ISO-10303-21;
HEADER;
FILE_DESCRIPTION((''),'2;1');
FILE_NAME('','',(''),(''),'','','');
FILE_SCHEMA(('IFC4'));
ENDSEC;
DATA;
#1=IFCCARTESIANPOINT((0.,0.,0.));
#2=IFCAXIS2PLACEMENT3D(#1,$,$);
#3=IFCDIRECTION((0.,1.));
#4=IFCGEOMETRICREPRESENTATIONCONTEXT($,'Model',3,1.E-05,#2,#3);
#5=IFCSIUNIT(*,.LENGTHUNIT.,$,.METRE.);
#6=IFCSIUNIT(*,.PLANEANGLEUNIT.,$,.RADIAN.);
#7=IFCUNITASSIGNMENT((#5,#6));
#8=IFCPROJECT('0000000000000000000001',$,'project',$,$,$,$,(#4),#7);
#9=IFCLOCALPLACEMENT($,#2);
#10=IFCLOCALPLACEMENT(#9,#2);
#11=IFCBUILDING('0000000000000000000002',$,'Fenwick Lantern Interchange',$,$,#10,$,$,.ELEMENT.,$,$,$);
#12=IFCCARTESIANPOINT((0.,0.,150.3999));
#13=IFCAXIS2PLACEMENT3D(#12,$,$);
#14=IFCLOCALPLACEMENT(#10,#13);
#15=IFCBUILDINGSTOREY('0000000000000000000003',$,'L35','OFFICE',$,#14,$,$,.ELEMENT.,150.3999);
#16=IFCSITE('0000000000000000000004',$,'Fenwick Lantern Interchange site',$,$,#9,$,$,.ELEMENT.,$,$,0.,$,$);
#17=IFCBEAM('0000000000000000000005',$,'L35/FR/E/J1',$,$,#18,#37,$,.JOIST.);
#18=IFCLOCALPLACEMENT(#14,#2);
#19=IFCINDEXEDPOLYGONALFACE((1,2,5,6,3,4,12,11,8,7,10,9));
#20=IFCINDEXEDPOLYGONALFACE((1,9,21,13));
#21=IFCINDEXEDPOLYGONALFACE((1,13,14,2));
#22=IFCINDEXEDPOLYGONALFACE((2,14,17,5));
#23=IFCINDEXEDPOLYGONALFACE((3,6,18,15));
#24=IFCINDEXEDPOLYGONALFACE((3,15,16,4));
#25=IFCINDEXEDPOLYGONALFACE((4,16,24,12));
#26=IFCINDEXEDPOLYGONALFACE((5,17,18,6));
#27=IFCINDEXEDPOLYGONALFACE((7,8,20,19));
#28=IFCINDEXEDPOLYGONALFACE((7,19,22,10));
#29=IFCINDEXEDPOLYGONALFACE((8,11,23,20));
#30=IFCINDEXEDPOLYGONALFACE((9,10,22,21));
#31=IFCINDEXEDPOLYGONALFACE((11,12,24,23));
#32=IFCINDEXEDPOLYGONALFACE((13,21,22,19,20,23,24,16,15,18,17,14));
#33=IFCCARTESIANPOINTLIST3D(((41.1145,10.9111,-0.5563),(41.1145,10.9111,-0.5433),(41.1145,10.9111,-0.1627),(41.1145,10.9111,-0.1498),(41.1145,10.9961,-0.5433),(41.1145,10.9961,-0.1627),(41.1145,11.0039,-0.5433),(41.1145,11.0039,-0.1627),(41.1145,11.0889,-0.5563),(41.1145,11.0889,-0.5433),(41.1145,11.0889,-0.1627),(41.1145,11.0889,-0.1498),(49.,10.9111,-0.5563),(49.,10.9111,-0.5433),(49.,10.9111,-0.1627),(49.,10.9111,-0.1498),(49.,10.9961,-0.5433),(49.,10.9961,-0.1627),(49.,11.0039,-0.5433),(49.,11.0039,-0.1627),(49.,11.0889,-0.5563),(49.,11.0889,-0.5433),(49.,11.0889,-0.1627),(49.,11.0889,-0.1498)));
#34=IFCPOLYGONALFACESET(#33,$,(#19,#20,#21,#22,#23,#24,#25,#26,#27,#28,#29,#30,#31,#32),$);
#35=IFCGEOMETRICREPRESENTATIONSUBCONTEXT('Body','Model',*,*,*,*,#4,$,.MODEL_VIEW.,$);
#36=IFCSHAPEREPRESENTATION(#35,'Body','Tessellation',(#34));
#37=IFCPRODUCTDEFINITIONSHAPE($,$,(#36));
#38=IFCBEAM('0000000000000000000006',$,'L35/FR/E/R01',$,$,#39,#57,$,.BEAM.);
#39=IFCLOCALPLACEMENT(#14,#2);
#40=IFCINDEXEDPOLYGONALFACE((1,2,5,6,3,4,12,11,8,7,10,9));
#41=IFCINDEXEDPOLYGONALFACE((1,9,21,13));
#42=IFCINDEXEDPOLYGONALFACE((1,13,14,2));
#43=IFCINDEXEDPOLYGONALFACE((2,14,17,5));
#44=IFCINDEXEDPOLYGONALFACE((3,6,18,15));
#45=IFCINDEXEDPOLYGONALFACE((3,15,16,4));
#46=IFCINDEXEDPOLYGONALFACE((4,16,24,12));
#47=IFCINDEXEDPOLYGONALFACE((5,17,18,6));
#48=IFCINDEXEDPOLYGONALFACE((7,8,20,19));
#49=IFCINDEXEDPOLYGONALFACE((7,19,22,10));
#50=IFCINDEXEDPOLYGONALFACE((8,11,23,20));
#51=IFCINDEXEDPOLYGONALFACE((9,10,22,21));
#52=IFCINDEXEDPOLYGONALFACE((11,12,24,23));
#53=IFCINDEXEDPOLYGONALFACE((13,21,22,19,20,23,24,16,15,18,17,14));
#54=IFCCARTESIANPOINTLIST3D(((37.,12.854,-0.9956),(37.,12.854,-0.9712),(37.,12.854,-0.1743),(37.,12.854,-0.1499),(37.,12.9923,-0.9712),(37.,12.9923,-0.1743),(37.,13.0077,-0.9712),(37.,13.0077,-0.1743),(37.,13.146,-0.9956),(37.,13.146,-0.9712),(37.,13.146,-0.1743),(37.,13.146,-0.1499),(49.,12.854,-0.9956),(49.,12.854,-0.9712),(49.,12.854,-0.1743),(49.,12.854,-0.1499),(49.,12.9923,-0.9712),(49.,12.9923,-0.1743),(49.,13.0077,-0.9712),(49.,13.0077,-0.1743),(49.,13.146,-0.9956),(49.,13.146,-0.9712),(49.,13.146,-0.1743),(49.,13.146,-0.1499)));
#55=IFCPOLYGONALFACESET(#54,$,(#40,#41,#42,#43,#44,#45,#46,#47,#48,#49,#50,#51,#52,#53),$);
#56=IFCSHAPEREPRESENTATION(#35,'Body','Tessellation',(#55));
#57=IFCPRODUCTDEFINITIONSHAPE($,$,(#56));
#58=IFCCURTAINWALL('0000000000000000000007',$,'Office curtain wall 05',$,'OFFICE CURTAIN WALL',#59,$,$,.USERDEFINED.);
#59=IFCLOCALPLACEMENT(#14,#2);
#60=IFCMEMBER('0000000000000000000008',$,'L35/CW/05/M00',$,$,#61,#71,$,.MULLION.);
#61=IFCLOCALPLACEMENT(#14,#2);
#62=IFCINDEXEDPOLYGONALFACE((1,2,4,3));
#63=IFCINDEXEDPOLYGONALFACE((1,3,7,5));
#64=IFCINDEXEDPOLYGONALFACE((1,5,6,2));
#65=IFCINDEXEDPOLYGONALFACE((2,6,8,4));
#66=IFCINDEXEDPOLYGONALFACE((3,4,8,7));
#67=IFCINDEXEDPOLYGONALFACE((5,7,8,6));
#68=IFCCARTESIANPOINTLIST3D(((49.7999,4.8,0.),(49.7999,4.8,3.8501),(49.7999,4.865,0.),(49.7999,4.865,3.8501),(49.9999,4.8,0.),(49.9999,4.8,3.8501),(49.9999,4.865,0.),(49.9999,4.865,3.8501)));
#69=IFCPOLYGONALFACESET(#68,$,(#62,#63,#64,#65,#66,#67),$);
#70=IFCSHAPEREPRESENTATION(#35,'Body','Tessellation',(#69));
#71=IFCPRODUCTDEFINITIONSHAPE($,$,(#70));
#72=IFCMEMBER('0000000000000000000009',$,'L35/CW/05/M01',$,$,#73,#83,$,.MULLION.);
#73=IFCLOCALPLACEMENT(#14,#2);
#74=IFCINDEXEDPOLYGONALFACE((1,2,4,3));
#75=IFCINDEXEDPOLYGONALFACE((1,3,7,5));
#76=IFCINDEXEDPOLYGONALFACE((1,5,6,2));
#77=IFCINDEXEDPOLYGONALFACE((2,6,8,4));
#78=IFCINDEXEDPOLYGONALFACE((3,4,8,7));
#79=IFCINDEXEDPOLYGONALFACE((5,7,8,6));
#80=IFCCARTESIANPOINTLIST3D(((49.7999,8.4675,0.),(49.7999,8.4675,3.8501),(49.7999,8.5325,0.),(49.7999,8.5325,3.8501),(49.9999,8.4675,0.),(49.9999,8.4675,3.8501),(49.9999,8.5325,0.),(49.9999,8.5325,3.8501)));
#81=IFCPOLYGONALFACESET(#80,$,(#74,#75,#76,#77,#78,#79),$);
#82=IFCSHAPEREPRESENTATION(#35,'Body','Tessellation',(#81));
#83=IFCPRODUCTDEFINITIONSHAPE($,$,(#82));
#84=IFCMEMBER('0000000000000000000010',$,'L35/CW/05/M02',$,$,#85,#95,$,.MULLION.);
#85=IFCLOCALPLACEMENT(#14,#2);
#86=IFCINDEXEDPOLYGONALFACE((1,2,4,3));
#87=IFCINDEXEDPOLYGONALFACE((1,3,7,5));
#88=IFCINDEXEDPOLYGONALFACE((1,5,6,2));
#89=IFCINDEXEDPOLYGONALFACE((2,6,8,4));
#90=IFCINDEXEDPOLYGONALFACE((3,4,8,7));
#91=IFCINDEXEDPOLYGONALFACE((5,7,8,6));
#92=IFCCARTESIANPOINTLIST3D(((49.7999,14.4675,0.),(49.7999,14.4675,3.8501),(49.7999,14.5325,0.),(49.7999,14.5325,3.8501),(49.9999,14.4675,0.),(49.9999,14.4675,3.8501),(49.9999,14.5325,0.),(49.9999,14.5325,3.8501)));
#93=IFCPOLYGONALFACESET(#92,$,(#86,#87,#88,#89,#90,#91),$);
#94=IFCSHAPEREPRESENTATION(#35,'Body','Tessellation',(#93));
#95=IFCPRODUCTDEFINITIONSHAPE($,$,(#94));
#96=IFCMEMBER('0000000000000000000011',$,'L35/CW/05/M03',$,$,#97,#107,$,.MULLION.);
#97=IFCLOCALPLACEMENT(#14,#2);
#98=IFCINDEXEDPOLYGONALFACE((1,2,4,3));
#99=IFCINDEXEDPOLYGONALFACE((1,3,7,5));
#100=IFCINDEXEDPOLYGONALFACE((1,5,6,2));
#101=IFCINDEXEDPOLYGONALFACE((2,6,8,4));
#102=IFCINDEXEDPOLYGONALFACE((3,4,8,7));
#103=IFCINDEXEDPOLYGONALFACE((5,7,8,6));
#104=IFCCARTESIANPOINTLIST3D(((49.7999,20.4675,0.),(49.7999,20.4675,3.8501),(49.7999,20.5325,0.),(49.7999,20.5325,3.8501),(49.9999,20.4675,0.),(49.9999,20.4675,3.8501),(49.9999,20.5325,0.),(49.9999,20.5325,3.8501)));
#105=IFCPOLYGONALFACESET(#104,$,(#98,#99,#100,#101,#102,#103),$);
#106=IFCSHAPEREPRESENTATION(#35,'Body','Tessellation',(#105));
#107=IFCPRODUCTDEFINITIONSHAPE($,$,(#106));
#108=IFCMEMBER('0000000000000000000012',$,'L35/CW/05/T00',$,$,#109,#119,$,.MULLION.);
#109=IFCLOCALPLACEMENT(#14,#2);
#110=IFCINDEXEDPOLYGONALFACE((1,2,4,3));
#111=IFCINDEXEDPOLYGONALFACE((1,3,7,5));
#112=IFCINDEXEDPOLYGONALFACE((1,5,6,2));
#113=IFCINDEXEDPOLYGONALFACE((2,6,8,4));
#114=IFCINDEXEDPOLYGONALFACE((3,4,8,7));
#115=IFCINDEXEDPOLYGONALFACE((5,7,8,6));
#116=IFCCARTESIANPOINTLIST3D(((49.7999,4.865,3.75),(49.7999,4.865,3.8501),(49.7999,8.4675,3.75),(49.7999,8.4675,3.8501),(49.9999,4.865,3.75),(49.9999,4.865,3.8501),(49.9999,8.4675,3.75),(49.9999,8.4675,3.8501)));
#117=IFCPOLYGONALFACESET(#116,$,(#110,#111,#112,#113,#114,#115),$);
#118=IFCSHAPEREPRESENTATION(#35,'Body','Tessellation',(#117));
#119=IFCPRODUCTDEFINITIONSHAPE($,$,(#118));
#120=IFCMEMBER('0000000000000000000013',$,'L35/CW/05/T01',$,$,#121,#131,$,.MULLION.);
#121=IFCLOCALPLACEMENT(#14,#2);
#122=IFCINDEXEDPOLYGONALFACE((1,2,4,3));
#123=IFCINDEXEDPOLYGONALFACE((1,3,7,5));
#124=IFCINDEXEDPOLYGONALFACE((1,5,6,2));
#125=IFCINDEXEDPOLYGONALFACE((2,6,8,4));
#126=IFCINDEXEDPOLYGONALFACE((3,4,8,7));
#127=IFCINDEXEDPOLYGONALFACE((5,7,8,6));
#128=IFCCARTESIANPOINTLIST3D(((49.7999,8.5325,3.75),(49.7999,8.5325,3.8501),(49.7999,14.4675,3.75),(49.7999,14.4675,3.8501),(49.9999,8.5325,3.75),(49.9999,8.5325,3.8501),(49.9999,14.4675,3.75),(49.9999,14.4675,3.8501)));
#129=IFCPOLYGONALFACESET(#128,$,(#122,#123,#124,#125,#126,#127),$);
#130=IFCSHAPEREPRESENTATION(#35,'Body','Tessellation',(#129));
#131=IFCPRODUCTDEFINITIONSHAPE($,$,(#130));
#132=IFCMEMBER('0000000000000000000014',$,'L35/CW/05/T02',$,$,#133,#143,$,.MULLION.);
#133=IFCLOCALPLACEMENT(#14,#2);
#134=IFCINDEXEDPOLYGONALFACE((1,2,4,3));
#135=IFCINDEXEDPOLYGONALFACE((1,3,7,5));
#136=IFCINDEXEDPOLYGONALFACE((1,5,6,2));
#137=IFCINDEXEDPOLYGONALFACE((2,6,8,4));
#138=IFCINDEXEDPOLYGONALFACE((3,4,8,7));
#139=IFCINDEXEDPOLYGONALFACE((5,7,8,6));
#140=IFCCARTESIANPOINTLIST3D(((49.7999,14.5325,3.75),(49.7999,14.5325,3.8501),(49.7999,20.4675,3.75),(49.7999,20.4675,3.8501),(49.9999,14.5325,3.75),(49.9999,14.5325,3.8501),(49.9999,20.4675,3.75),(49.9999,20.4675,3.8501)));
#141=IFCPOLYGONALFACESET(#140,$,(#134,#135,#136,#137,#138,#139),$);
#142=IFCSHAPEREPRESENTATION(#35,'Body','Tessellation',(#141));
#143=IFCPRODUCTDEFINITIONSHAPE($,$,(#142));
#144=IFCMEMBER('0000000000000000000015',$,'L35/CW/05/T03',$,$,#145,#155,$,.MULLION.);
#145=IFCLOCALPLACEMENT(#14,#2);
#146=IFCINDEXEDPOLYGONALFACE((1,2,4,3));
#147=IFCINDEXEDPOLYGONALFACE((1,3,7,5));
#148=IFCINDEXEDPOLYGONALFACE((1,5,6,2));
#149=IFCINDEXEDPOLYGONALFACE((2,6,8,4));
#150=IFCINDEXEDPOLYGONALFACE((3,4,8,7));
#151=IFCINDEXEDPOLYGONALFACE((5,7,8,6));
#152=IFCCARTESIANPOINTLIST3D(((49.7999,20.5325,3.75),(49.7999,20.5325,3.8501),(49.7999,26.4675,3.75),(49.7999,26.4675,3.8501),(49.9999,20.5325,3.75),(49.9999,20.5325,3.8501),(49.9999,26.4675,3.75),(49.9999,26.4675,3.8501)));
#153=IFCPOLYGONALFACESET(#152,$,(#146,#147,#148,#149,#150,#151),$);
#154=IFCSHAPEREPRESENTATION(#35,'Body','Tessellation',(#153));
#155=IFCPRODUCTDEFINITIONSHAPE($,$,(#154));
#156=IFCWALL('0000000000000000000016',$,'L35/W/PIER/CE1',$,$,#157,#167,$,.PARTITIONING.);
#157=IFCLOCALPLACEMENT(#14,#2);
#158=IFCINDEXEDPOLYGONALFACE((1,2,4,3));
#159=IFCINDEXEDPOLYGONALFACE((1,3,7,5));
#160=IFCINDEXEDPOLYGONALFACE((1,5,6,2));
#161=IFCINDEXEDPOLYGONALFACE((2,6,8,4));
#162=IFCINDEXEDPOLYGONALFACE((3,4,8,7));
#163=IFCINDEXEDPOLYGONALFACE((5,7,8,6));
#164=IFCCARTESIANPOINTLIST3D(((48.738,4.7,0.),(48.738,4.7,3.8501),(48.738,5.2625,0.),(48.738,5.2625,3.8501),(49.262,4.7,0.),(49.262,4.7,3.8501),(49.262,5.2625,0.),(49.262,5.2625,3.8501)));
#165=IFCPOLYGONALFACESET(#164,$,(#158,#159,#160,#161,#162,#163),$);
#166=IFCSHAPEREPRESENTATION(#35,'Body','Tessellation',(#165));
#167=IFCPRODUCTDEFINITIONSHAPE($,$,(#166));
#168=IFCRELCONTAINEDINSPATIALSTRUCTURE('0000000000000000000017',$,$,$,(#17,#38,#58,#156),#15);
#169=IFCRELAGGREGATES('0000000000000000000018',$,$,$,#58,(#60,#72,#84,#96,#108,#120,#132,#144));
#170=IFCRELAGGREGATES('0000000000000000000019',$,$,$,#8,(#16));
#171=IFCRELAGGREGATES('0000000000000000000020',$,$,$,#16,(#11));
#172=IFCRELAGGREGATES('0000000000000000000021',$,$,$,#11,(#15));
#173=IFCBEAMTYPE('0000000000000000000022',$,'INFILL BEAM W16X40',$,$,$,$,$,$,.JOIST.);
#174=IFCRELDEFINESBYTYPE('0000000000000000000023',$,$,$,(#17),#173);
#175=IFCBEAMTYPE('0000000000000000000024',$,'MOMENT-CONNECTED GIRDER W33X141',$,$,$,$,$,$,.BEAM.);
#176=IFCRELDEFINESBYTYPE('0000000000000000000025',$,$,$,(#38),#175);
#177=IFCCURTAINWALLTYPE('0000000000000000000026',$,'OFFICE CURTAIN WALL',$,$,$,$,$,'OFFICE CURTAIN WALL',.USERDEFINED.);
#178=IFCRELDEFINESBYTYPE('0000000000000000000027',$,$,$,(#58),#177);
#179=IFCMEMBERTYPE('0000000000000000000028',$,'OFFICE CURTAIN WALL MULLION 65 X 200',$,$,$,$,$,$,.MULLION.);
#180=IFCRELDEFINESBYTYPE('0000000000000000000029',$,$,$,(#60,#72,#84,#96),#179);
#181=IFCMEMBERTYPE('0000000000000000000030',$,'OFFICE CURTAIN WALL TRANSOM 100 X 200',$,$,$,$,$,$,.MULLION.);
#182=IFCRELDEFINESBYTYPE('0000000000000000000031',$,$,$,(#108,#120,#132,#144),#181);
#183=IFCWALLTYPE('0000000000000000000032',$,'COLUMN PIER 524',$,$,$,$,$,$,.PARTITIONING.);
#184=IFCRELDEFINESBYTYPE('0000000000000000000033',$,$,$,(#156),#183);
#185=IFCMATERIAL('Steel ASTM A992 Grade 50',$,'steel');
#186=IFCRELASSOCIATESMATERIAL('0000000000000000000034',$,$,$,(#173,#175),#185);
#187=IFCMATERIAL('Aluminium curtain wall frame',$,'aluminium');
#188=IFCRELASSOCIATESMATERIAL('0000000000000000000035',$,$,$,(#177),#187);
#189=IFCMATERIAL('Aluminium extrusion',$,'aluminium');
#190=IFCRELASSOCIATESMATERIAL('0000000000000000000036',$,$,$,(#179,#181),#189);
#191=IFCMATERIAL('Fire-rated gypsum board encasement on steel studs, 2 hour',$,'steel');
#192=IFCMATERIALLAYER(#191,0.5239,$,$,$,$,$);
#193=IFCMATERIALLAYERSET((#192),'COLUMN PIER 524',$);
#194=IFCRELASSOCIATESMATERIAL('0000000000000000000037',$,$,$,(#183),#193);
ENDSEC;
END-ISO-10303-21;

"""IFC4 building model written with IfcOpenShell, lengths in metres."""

from ifc_helpers import new_model, si_unit, direction, frame, frame_2d, origin, origin_2d, place, context, subcontext, project, spatial, rectangle, i_section, extrude, material, layer, layer_set, material_profile, profile_set, type_object, element, aggregate, save


model = new_model("IFC4")

# Units and contexts
model_context = context("Model", 3, precision=1e-05, world=origin(), true_north=direction((0.0, 1.0)))
body_context = subcontext(model_context, "Body", "Model", "MODEL_VIEW")
ifc_project = project(units=[si_unit("LENGTHUNIT", "METRE"), si_unit("PLANEANGLEUNIT", "RADIAN")], contexts=[model_context])

# Site, building, storey
site_placement = place(None, origin())
site = spatial("IfcSite", under=ifc_project, at=site_placement, Name="Fenwick Lantern Interchange site", CompositionType="ELEMENT", RefElevation=0.0)
building_placement = place(site_placement, origin())
building = spatial("IfcBuilding", under=site, at=building_placement, Name="Fenwick Lantern Interchange", CompositionType="ELEMENT")
storey_placement = place(building_placement, frame((0.0, 0.0, 150.3999)))
storey = spatial("IfcBuildingStorey", under=building, at=storey_placement, Name="L35", Description="OFFICE", CompositionType="ELEMENT", Elevation=150.3999)

# Shared definitions
ifc_material_1 = material(Name="Steel ASTM A992 Grade 50", Category="steel")

# Beams
ifc_material_profile_1 = material_profile(ifc_material_1, i_section(OverallWidth=0.1777, OverallDepth=0.4065, WebThickness=0.0078, FlangeThickness=0.0129, at=origin_2d()), Name="W16X40")
ifc_profile_set_1 = profile_set([ifc_material_profile_1], Name="Steel ASTM A992 Grade 50")
beam_type_1 = type_object("IfcBeamType", Name="INFILL BEAM W16X40", PredefinedType="JOIST", material=ifc_profile_set_1)
beam_1_placement = place(storey_placement, frame((49.0, 11.0, -0.353), z_axis=(-1.0, 0.0, 0.0), x_axis=(0.0, -1.0, 0.0)))
element("IfcBeam", 1, at=beam_1_placement, inside=storey, type_object=beam_type_1, Name="L35/FR/E/J1", PredefinedType="JOIST", context=body_context, shape_type="SweptSolid", body=[
    extrude(i_section(OverallWidth=0.1777, OverallDepth=0.4065, WebThickness=0.0078, FlangeThickness=0.0129, at=origin_2d()), origin(), (0.0, 0.0, 1.0), 7.8855),
])
ifc_material_profile_2 = material_profile(ifc_material_1, i_section(OverallWidth=0.292, OverallDepth=0.8457, WebThickness=0.0154, FlangeThickness=0.0244, at=origin_2d()), Name="W33X141")
ifc_profile_set_2 = profile_set([ifc_material_profile_2], Name="Steel ASTM A992 Grade 50")
beam_type_2 = type_object("IfcBeamType", Name="MOMENT-CONNECTED GIRDER W33X141", PredefinedType="BEAM", material=ifc_profile_set_2)
beam_2_placement = place(storey_placement, frame((49.0, 13.0, -0.5728), z_axis=(-1.0, 0.0, 0.0), x_axis=(0.0, -1.0, 0.0)))
element("IfcBeam", 2, at=beam_2_placement, inside=storey, type_object=beam_type_2, Name="L35/FR/E/R01", PredefinedType="BEAM", context=body_context, shape_type="SweptSolid", body=[
    extrude(i_section(OverallWidth=0.292, OverallDepth=0.8457, WebThickness=0.0154, FlangeThickness=0.0244, at=origin_2d()), origin(), (0.0, 0.0, 1.0), 12.0),
])

# Curtain wall, members
ifc_material_2 = material(Name="Aluminium curtain wall frame", Category="aluminium")
curtain_wall_type = type_object("IfcCurtainWallType", Name="OFFICE CURTAIN WALL", ElementType="OFFICE CURTAIN WALL", PredefinedType="USERDEFINED", material=ifc_material_2)
curtain_wall_placement = place(storey_placement, origin())
curtain_wall = element("IfcCurtainWall", 3, at=curtain_wall_placement, inside=storey, type_object=curtain_wall_type, Name="Office curtain wall 05", ObjectType="OFFICE CURTAIN WALL", PredefinedType="USERDEFINED")
ifc_material_3 = material(Name="Aluminium extrusion", Category="aluminium")
ifc_material_profile_3 = material_profile(ifc_material_3, rectangle(XDim=0.2, YDim=0.0649, at=origin_2d()), Name="OFFICE CURTAIN WALL MULLION 65 X 200")
ifc_profile_set_3 = profile_set([ifc_material_profile_3], Name="Aluminium extrusion")
member_type_1 = type_object("IfcMemberType", Name="OFFICE CURTAIN WALL MULLION 65 X 200", PredefinedType="MULLION", material=ifc_profile_set_3)
member_1_placement = place(storey_placement, frame((49.8999, 4.8325, 0.0), z_axis=(0.0, 0.0, 1.0), x_axis=(-1.0, 0.0, 0.0)))
member_1 = element("IfcMember", 4, at=member_1_placement, type_object=member_type_1, Name="L35/CW/05/M00", PredefinedType="MULLION", context=body_context, shape_type="SweptSolid", body=[
    extrude(rectangle(XDim=0.2, YDim=0.0649, at=origin_2d()), origin(), (0.0, 0.0, 1.0), 3.8501),
])
member_2_placement = place(storey_placement, frame((49.8999, 8.5, 0.0), z_axis=(0.0, 0.0, 1.0), x_axis=(-1.0, 0.0, 0.0)))
member_2 = element("IfcMember", 5, at=member_2_placement, type_object=member_type_1, Name="L35/CW/05/M01", PredefinedType="MULLION", context=body_context, shape_type="SweptSolid", body=[
    extrude(rectangle(XDim=0.2, YDim=0.0649, at=origin_2d()), origin(), (0.0, 0.0, 1.0), 3.8501),
])
member_3_placement = place(storey_placement, frame((49.8999, 14.5, 0.0), z_axis=(0.0, 0.0, 1.0), x_axis=(-1.0, 0.0, 0.0)))
member_3 = element("IfcMember", 6, at=member_3_placement, type_object=member_type_1, Name="L35/CW/05/M02", PredefinedType="MULLION", context=body_context, shape_type="SweptSolid", body=[
    extrude(rectangle(XDim=0.2, YDim=0.0649, at=origin_2d()), origin(), (0.0, 0.0, 1.0), 3.8501),
])
member_4_placement = place(storey_placement, frame((49.8999, 20.5, 0.0), z_axis=(0.0, 0.0, 1.0), x_axis=(-1.0, 0.0, 0.0)))
member_4 = element("IfcMember", 7, at=member_4_placement, type_object=member_type_1, Name="L35/CW/05/M03", PredefinedType="MULLION", context=body_context, shape_type="SweptSolid", body=[
    extrude(rectangle(XDim=0.2, YDim=0.0649, at=origin_2d()), origin(), (0.0, 0.0, 1.0), 3.8501),
])
ifc_material_profile_4 = material_profile(ifc_material_3, rectangle(XDim=0.2, YDim=0.1001, at=origin_2d()), Name="OFFICE CURTAIN WALL TRANSOM 100 X 200")
ifc_profile_set_4 = profile_set([ifc_material_profile_4], Name="Aluminium extrusion")
member_type_2 = type_object("IfcMemberType", Name="OFFICE CURTAIN WALL TRANSOM 100 X 200", PredefinedType="MULLION", material=ifc_profile_set_4)
member_5_placement = place(storey_placement, frame((49.8999, 4.865, 3.8), z_axis=(0.0, 1.0, 0.0), x_axis=(-1.0, 0.0, 0.0)))
member_5 = element("IfcMember", 8, at=member_5_placement, type_object=member_type_2, Name="L35/CW/05/T00", PredefinedType="MULLION", context=body_context, shape_type="SweptSolid", body=[
    extrude(rectangle(XDim=0.2, YDim=0.1001, at=origin_2d()), origin(), (0.0, 0.0, 1.0), 3.6025),
])
member_6_placement = place(storey_placement, frame((49.8999, 8.5325, 3.8), z_axis=(0.0, 1.0, 0.0), x_axis=(-1.0, 0.0, 0.0)))
member_6 = element("IfcMember", 9, at=member_6_placement, type_object=member_type_2, Name="L35/CW/05/T01", PredefinedType="MULLION", context=body_context, shape_type="SweptSolid", body=[
    extrude(rectangle(XDim=0.2, YDim=0.1001, at=origin_2d()), origin(), (0.0, 0.0, 1.0), 5.9351),
])
member_7_placement = place(storey_placement, frame((49.8999, 14.5325, 3.8), z_axis=(0.0, 1.0, 0.0), x_axis=(-1.0, 0.0, 0.0)))
member_7 = element("IfcMember", 10, at=member_7_placement, type_object=member_type_2, Name="L35/CW/05/T02", PredefinedType="MULLION", context=body_context, shape_type="SweptSolid", body=[
    extrude(rectangle(XDim=0.2, YDim=0.1001, at=origin_2d()), origin(), (0.0, 0.0, 1.0), 5.9351),
])
member_8_placement = place(storey_placement, frame((49.8999, 20.5325, 3.8), z_axis=(0.0, 1.0, 0.0), x_axis=(-1.0, 0.0, 0.0)))
member_8 = element("IfcMember", 11, at=member_8_placement, type_object=member_type_2, Name="L35/CW/05/T03", PredefinedType="MULLION", context=body_context, shape_type="SweptSolid", body=[
    extrude(rectangle(XDim=0.2, YDim=0.1001, at=origin_2d()), origin(), (0.0, 0.0, 1.0), 5.9351),
])
aggregate(curtain_wall, [member_1, member_2, member_3, member_4, member_5, member_6, member_7, member_8])

# Wall
ifc_material_4 = material(Name="Fire-rated gypsum board encasement on steel studs, 2 hour", Category="steel")
ifc_layer_1 = layer(ifc_material_4, 0.5239)
ifc_layer_set_1 = layer_set([ifc_layer_1], Name="COLUMN PIER 524")
wall_type_1 = type_object("IfcWallType", Name="COLUMN PIER 524", PredefinedType="PARTITIONING", material=ifc_layer_set_1)
wall_1_placement = place(storey_placement, frame((49.0, 4.7, 0.0), z_axis=(0.0, 0.0, 1.0), x_axis=(0.0, 1.0, 0.0)))
element("IfcWall", 12, at=wall_1_placement, inside=storey, type_object=wall_type_1, Name="L35/W/PIER/CE1", PredefinedType="PARTITIONING", context=body_context, shape_type="SweptSolid", body=[
    extrude(rectangle(XDim=0.5625, YDim=0.5239, at=frame_2d((0.2812, 0.0))), origin(), (0.0, 0.0, 1.0), 3.8501),
])

save(model, "model.ifc")
